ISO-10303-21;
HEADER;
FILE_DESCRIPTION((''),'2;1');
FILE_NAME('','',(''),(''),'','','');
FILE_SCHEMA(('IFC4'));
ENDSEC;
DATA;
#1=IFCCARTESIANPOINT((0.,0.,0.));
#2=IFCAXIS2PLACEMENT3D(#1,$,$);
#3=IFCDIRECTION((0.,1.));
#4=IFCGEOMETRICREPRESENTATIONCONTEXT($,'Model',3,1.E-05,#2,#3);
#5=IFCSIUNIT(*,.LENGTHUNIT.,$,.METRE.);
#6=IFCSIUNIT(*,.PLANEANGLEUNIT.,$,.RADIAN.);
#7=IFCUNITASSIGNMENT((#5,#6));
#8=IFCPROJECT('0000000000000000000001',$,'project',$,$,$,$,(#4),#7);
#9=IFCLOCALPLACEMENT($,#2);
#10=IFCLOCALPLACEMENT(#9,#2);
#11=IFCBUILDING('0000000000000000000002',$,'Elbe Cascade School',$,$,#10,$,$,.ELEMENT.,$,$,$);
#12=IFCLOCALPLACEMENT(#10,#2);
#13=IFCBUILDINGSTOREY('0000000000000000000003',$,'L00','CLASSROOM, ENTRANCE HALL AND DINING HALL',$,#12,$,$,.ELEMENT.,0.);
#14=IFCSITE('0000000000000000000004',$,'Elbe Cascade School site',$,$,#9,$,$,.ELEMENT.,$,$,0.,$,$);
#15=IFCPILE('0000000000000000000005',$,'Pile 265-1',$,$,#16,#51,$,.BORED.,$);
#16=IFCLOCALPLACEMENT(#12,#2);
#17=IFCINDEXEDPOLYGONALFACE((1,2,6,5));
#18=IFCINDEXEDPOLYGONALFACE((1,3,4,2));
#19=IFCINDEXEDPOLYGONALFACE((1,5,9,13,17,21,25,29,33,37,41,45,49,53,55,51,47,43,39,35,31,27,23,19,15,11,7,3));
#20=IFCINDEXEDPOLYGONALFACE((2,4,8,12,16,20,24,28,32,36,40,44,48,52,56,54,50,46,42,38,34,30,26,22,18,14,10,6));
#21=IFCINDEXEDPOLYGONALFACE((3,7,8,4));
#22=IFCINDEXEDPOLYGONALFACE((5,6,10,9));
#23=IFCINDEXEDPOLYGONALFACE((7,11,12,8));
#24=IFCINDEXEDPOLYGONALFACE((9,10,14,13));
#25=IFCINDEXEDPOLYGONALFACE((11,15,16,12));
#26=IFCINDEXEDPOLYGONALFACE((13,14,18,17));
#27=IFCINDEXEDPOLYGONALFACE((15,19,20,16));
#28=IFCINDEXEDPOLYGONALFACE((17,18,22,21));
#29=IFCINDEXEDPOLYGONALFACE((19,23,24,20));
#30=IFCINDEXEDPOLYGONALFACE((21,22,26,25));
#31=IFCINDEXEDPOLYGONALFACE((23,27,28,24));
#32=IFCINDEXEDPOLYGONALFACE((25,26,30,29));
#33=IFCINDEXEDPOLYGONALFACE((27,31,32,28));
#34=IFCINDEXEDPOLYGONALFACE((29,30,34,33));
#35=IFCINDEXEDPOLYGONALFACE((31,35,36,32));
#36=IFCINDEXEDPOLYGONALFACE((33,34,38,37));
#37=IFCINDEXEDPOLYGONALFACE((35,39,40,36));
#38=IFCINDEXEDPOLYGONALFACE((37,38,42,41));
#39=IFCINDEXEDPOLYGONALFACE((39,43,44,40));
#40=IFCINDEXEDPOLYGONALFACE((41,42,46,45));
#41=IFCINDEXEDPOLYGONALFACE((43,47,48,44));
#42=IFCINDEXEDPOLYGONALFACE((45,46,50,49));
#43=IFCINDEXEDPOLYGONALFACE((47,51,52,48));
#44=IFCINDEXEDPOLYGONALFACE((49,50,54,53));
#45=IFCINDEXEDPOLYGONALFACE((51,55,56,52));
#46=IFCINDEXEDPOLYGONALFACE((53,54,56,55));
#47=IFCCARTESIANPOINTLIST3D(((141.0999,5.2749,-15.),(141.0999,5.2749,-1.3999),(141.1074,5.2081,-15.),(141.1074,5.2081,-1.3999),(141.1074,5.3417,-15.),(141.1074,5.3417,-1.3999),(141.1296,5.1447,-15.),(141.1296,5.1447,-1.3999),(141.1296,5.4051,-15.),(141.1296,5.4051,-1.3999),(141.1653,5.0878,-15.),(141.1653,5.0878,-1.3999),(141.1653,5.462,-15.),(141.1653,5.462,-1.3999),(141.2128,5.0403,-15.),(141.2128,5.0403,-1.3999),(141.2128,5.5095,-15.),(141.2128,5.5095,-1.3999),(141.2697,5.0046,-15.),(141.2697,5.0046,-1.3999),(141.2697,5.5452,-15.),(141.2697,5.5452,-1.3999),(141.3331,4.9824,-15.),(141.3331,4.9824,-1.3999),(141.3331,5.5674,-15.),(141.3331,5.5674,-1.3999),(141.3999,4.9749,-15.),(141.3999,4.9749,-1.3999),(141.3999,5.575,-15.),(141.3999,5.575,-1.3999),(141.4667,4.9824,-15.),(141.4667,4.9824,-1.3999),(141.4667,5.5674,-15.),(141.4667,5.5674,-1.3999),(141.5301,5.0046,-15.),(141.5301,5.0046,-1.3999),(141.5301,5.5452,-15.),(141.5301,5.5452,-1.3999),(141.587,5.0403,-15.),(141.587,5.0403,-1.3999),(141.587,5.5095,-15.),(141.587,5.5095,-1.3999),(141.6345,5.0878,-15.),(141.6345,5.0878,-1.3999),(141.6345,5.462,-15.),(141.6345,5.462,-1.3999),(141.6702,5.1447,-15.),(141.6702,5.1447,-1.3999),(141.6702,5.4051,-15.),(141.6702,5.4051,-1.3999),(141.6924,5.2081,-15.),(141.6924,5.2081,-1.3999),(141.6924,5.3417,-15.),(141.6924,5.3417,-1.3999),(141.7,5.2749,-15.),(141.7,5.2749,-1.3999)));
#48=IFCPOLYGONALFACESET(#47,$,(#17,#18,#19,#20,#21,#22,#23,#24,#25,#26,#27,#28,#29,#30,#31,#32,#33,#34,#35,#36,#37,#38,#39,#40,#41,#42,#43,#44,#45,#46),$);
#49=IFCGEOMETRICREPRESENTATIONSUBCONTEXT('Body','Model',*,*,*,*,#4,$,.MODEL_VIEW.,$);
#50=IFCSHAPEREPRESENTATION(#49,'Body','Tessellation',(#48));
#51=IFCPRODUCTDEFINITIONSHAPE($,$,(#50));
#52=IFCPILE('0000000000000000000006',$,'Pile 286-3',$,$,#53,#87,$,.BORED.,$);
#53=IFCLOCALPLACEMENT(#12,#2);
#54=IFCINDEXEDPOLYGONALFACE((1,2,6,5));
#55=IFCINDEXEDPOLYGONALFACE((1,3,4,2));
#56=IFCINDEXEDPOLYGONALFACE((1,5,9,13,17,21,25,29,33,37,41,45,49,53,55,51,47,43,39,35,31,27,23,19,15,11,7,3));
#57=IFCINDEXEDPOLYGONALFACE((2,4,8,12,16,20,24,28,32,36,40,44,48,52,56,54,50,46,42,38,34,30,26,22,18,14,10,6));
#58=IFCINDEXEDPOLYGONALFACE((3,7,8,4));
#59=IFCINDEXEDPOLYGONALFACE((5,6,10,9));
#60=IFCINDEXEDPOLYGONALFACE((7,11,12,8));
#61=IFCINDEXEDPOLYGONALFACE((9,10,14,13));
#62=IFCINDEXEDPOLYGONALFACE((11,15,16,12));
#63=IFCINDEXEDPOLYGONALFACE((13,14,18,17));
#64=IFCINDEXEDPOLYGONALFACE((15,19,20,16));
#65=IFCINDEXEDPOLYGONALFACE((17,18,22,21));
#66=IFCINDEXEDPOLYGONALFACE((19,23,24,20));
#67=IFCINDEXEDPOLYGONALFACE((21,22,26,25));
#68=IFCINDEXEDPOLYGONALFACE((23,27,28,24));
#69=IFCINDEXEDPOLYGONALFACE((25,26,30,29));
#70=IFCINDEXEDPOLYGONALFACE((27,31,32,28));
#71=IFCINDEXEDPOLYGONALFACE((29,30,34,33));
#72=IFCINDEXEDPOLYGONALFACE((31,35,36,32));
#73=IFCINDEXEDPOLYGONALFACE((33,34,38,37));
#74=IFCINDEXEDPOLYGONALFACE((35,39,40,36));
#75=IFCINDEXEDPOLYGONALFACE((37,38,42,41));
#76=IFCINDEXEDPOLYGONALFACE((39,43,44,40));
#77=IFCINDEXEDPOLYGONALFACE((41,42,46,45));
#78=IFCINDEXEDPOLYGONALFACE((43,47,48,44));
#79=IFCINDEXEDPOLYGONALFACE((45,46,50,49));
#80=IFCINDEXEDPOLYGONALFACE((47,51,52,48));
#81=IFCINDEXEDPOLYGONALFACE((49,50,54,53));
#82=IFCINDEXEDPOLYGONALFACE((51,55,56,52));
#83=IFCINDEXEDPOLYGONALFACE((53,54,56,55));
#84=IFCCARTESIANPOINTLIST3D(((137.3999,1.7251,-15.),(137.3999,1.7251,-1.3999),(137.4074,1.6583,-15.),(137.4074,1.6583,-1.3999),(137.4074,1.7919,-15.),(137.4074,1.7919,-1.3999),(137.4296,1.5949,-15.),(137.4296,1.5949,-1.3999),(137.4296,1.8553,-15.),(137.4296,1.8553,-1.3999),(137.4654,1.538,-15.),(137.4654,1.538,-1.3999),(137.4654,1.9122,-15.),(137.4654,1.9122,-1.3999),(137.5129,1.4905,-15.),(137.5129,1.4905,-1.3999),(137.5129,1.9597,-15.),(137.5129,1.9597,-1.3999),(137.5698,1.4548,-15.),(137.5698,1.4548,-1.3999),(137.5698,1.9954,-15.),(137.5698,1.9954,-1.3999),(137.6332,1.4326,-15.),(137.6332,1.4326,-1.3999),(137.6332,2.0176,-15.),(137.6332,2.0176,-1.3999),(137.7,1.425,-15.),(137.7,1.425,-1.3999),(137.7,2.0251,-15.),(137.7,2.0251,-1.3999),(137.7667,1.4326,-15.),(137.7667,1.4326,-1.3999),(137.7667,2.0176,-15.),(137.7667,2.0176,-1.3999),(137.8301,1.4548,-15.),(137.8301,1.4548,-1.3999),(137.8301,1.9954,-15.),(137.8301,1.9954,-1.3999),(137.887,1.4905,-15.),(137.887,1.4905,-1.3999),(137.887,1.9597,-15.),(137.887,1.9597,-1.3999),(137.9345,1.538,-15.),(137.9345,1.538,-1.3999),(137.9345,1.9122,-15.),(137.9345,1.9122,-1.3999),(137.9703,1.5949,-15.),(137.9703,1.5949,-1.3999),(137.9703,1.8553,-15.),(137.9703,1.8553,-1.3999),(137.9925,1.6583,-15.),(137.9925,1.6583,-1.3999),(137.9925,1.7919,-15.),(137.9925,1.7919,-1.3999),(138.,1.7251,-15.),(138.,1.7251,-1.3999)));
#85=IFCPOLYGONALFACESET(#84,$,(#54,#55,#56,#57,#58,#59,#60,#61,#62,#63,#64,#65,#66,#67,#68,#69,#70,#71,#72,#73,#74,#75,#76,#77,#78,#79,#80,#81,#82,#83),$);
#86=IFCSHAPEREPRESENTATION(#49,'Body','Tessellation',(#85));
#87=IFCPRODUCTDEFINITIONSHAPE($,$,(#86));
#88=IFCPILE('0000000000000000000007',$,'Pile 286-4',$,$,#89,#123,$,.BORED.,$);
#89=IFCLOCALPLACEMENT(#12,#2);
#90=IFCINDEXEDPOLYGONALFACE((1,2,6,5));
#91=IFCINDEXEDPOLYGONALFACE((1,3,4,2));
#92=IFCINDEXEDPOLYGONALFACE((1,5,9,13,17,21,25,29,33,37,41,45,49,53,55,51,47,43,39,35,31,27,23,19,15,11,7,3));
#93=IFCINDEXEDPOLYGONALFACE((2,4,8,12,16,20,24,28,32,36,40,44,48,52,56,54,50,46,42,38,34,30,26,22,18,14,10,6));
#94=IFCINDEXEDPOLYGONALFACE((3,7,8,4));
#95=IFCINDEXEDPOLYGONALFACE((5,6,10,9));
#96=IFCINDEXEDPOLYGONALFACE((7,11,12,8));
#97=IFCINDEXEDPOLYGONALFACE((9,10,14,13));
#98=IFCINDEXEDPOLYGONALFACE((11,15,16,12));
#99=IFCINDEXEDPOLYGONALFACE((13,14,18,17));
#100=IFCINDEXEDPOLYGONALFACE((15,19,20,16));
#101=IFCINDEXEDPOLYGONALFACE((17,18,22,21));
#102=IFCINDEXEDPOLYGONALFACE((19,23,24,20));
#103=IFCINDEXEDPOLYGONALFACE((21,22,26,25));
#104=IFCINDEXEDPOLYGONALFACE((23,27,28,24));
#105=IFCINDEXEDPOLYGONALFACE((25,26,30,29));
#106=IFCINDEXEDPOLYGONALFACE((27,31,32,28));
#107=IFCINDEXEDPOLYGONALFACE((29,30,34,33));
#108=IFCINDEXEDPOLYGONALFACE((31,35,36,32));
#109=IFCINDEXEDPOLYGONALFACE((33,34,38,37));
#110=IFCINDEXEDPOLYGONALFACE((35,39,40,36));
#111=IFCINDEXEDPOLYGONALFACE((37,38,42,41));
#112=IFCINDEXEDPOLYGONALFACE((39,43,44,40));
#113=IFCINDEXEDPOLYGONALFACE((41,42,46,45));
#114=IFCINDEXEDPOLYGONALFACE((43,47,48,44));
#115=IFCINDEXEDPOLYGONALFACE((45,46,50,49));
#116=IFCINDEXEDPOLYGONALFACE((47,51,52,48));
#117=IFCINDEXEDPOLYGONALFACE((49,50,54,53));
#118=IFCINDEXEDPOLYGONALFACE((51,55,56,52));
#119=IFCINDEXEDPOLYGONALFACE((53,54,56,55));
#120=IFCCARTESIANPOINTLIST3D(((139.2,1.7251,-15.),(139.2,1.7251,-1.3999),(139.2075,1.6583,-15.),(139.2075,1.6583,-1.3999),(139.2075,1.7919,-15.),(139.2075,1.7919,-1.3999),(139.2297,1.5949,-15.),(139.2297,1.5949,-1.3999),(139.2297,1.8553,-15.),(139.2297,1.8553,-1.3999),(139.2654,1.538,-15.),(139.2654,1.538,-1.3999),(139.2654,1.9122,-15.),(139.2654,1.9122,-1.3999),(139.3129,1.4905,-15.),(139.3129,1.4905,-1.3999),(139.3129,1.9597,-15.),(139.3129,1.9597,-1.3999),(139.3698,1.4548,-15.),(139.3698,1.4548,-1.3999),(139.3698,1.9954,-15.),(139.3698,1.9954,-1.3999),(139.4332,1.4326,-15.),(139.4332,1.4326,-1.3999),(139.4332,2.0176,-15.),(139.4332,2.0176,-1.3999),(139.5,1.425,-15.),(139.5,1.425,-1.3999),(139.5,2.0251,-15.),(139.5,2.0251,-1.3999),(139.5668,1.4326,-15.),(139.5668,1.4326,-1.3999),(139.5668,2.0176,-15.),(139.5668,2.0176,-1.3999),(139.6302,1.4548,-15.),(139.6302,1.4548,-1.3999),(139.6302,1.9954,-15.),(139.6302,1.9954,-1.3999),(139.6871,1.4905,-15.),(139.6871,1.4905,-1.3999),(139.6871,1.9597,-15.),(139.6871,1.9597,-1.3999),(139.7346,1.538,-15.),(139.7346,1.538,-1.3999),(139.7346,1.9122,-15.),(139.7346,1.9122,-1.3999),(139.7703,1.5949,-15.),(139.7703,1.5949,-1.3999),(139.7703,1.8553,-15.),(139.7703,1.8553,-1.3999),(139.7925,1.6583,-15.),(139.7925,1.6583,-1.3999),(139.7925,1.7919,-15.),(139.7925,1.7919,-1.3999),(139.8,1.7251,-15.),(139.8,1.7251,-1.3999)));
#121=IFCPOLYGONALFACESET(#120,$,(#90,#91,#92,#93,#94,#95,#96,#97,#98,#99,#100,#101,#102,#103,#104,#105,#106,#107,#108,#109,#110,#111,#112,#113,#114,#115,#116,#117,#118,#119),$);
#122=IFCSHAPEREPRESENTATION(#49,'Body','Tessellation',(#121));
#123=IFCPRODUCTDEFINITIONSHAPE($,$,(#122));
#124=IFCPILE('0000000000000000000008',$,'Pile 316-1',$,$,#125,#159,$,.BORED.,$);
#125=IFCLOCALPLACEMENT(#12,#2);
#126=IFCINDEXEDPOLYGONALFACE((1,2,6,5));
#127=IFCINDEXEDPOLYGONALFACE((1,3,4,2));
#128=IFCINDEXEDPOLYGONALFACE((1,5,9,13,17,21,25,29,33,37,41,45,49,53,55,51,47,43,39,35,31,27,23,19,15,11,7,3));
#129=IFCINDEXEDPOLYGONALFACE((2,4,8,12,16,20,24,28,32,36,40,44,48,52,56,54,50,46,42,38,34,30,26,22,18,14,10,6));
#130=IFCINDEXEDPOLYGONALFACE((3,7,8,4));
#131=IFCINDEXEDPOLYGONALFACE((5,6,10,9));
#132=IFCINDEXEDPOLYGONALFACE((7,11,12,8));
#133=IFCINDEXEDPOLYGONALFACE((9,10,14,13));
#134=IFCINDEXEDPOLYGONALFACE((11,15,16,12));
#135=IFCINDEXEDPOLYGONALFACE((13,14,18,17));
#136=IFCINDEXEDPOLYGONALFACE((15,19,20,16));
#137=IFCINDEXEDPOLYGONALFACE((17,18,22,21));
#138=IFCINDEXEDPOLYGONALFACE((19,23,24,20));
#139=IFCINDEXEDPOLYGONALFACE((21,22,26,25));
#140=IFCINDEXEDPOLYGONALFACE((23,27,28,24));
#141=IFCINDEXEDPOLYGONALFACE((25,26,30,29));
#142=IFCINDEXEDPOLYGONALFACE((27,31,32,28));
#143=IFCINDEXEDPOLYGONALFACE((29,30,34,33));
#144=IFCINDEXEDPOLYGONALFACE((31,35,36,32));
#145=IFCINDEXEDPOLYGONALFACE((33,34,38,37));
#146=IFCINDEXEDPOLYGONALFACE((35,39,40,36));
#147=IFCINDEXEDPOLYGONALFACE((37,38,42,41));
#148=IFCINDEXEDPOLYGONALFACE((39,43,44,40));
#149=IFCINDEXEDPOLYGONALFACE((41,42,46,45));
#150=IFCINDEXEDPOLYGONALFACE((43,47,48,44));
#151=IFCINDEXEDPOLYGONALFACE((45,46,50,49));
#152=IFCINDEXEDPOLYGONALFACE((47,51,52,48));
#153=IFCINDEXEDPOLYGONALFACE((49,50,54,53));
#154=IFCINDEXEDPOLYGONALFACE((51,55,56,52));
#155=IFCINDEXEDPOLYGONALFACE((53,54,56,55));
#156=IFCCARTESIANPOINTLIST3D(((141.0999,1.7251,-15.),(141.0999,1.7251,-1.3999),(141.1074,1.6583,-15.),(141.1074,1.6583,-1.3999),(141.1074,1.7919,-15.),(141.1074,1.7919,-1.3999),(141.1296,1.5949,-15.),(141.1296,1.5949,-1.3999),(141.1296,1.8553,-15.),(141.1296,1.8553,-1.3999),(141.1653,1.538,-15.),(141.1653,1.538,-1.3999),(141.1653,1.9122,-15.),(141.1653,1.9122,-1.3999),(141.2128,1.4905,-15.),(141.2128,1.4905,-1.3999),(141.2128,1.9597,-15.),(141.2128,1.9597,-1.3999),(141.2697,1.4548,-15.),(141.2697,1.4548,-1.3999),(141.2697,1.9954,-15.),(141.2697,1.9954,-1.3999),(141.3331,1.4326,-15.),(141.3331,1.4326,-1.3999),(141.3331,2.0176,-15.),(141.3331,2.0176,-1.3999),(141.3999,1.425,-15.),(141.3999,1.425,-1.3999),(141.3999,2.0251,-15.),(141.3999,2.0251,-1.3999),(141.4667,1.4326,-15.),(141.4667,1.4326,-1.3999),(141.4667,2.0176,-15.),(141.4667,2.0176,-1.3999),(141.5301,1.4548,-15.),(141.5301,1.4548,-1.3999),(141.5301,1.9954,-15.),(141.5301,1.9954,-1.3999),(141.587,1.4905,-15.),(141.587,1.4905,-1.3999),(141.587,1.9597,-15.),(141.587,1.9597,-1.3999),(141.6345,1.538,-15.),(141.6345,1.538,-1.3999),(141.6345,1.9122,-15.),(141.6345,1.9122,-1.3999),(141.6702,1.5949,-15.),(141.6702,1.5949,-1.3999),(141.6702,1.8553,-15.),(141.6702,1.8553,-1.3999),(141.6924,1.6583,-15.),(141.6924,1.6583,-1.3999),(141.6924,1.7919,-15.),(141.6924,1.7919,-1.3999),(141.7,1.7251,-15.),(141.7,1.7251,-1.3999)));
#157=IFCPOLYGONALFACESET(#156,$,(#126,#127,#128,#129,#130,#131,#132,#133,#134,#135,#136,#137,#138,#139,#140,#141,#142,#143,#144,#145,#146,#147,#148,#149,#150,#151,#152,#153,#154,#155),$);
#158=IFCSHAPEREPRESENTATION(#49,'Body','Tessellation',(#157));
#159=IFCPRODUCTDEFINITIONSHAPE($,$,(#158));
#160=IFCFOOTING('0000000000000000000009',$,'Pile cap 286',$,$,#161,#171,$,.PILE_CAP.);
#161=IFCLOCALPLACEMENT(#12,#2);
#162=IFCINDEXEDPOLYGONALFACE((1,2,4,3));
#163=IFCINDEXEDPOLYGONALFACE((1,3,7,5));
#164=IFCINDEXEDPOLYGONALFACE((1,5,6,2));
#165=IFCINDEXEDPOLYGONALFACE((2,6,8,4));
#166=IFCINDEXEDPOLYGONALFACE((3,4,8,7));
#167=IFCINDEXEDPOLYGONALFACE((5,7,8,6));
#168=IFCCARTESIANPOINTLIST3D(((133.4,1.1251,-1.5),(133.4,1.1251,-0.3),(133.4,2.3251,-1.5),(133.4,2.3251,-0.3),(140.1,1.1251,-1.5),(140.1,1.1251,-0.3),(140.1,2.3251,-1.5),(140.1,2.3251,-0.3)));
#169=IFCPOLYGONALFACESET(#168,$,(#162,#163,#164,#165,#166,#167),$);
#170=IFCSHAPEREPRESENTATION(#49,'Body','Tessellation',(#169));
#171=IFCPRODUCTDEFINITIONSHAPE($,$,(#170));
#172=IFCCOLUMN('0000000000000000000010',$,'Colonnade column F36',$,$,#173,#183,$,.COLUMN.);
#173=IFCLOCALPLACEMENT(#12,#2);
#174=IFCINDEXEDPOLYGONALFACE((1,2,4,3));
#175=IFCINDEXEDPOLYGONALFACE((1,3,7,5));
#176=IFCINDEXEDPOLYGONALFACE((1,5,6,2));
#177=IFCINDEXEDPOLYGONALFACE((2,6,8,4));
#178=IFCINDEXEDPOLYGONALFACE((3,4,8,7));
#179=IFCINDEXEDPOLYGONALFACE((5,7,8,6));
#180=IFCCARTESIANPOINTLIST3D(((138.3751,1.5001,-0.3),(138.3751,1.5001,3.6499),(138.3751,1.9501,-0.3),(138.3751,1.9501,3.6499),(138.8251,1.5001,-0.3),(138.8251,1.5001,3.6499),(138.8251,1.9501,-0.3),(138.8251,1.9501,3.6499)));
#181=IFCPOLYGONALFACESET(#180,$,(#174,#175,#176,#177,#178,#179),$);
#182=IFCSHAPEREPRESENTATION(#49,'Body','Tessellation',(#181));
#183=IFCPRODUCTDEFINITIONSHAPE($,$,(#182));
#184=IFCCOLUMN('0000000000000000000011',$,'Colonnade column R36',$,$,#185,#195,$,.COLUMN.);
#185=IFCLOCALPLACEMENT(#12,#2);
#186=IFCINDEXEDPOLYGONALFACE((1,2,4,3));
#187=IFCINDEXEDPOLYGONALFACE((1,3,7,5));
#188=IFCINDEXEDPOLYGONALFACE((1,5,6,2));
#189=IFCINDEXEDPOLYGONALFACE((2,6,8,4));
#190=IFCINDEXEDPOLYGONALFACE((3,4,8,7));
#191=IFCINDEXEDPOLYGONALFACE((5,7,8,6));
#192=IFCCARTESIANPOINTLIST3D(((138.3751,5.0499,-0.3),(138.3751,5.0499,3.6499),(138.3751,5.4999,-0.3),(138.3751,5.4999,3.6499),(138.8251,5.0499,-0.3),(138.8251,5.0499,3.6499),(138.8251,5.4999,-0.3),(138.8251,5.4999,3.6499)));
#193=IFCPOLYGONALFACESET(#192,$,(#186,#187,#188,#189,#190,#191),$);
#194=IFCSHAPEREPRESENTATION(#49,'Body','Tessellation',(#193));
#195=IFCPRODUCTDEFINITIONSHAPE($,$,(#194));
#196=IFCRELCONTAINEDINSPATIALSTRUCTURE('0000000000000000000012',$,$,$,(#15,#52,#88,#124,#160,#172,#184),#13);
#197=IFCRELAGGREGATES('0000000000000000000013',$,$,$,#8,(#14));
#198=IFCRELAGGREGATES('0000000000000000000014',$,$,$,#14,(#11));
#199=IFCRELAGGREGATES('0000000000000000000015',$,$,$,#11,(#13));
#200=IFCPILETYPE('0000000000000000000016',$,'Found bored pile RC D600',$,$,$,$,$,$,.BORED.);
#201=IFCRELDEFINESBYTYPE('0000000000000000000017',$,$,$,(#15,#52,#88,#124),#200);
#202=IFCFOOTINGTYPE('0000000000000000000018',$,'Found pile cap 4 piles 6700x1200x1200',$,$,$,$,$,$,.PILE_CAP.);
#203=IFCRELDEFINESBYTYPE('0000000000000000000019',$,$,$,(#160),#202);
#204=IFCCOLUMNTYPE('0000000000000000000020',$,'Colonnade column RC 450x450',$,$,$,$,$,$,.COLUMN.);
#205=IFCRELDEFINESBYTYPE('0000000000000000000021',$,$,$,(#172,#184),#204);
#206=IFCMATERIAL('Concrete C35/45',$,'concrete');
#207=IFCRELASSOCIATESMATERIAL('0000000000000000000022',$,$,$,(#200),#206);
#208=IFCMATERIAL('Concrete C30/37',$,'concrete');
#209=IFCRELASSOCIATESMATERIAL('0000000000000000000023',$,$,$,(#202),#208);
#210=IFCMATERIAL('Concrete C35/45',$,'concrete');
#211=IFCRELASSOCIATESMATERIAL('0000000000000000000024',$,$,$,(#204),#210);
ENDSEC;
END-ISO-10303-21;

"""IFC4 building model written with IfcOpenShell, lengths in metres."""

from ifc_helpers import new_model, si_unit, direction, frame, origin, origin_2d, place, context, subcontext, project, spatial, rectangle, circle, extrude, material, material_profile, profile_set, type_object, element, save


model = new_model("IFC4")

# Units and contexts
model_context = context("Model", 3, precision=1e-05, world=origin(), true_north=direction((0.0, 1.0)))
body_context = subcontext(model_context, "Body", "Model", "MODEL_VIEW")
ifc_project = project(units=[si_unit("LENGTHUNIT", "METRE"), si_unit("PLANEANGLEUNIT", "RADIAN")], contexts=[model_context])

# Site, building, storey
site_placement = place(None, origin())
site = spatial("IfcSite", under=ifc_project, at=site_placement, Name="Elbe Cascade School site", CompositionType="ELEMENT", RefElevation=0.0)
building_placement = place(site_placement, origin())
building = spatial("IfcBuilding", under=site, at=building_placement, Name="Elbe Cascade School", CompositionType="ELEMENT")
storey_placement = place(building_placement, origin())
storey = spatial("IfcBuildingStorey", under=building, at=storey_placement, Name="L00", Description="CLASSROOM, ENTRANCE HALL AND DINING HALL", CompositionType="ELEMENT", Elevation=0.0)

# Piles
ifc_material_1 = material(Name="Concrete C35/45", Category="concrete")
ifc_material_profile_1 = material_profile(ifc_material_1, circle(Radius=0.3, at=origin_2d()), Name="RC D600")
ifc_profile_set_1 = profile_set([ifc_material_profile_1], Name="Concrete C35/45")
pile_type = type_object("IfcPileType", Name="Found bored pile RC D600", PredefinedType="BORED", material=ifc_profile_set_1)
for number, where, z_axis, x_axis, name in (
    (1, (141.3999, 5.2749, -1.3999), (0.0, 0.0, -1.0), (1.0, 0.0, 0.0), "Pile 265-1"),
    (2, (137.7, 1.7251, -1.3999), (0.0, 0.0, -1.0), (1.0, 0.0, 0.0), "Pile 286-3"),
    (3, (139.5, 1.7251, -1.3999), (0.0, 0.0, -1.0), (1.0, 0.0, 0.0), "Pile 286-4"),
    (4, (141.3999, 1.7251, -1.3999), (0.0, 0.0, -1.0), (1.0, 0.0, 0.0), "Pile 316-1"),
):
    element("IfcPile", number, at=place(storey_placement, frame(where, z_axis=z_axis, x_axis=x_axis)), inside=storey, type_object=pile_type, Name=name, PredefinedType="BORED", context=body_context, shape_type="SweptSolid", body=[
        extrude(circle(Radius=0.3, at=origin_2d()), origin(), (0.0, 0.0, 1.0), 13.6001),
    ])

# Footing
ifc_material_2 = material(Name="Concrete C30/37", Category="concrete")
footing_type = type_object("IfcFootingType", Name="Found pile cap 4 piles 6700x1200x1200", PredefinedType="PILE_CAP", material=ifc_material_2)
footing_placement = place(storey_placement, frame((136.75, 1.7251, -1.5), z_axis=(0.0, 0.0, 1.0), x_axis=(1.0, 0.0, 0.0)))
element("IfcFooting", 5, at=footing_placement, inside=storey, type_object=footing_type, Name="Pile cap 286", PredefinedType="PILE_CAP", context=body_context, shape_type="SweptSolid", body=[
    extrude(rectangle(XDim=6.7, YDim=1.2, at=origin_2d()), origin(), (0.0, 0.0, 1.0), 1.2),
])

# Columns
ifc_material_3 = material(Name="Concrete C35/45", Category="concrete")
ifc_material_profile_2 = material_profile(ifc_material_3, rectangle(XDim=0.45, YDim=0.45, at=origin_2d()), Name="RC 450x450")
ifc_profile_set_2 = profile_set([ifc_material_profile_2], Name="Concrete C35/45")
column_type = type_object("IfcColumnType", Name="Colonnade column RC 450x450", PredefinedType="COLUMN", material=ifc_profile_set_2)
for number, where, z_axis, x_axis, name in (
    (6, (138.6001, 1.7251, -0.3), (0.0, 0.0, 1.0), (1.0, 0.0, 0.0), "Colonnade column F36"),
    (7, (138.6001, 5.2749, -0.3), (0.0, 0.0, 1.0), (1.0, 0.0, 0.0), "Colonnade column R36"),
):
    element("IfcColumn", number, at=place(storey_placement, frame(where, z_axis=z_axis, x_axis=x_axis)), inside=storey, type_object=column_type, Name=name, PredefinedType="COLUMN", context=body_context, shape_type="SweptSolid", body=[
        extrude(rectangle(XDim=0.45, YDim=0.45, at=origin_2d()), origin(), (0.0, 0.0, 1.0), 3.95),
    ])

save(model, "model.ifc")
